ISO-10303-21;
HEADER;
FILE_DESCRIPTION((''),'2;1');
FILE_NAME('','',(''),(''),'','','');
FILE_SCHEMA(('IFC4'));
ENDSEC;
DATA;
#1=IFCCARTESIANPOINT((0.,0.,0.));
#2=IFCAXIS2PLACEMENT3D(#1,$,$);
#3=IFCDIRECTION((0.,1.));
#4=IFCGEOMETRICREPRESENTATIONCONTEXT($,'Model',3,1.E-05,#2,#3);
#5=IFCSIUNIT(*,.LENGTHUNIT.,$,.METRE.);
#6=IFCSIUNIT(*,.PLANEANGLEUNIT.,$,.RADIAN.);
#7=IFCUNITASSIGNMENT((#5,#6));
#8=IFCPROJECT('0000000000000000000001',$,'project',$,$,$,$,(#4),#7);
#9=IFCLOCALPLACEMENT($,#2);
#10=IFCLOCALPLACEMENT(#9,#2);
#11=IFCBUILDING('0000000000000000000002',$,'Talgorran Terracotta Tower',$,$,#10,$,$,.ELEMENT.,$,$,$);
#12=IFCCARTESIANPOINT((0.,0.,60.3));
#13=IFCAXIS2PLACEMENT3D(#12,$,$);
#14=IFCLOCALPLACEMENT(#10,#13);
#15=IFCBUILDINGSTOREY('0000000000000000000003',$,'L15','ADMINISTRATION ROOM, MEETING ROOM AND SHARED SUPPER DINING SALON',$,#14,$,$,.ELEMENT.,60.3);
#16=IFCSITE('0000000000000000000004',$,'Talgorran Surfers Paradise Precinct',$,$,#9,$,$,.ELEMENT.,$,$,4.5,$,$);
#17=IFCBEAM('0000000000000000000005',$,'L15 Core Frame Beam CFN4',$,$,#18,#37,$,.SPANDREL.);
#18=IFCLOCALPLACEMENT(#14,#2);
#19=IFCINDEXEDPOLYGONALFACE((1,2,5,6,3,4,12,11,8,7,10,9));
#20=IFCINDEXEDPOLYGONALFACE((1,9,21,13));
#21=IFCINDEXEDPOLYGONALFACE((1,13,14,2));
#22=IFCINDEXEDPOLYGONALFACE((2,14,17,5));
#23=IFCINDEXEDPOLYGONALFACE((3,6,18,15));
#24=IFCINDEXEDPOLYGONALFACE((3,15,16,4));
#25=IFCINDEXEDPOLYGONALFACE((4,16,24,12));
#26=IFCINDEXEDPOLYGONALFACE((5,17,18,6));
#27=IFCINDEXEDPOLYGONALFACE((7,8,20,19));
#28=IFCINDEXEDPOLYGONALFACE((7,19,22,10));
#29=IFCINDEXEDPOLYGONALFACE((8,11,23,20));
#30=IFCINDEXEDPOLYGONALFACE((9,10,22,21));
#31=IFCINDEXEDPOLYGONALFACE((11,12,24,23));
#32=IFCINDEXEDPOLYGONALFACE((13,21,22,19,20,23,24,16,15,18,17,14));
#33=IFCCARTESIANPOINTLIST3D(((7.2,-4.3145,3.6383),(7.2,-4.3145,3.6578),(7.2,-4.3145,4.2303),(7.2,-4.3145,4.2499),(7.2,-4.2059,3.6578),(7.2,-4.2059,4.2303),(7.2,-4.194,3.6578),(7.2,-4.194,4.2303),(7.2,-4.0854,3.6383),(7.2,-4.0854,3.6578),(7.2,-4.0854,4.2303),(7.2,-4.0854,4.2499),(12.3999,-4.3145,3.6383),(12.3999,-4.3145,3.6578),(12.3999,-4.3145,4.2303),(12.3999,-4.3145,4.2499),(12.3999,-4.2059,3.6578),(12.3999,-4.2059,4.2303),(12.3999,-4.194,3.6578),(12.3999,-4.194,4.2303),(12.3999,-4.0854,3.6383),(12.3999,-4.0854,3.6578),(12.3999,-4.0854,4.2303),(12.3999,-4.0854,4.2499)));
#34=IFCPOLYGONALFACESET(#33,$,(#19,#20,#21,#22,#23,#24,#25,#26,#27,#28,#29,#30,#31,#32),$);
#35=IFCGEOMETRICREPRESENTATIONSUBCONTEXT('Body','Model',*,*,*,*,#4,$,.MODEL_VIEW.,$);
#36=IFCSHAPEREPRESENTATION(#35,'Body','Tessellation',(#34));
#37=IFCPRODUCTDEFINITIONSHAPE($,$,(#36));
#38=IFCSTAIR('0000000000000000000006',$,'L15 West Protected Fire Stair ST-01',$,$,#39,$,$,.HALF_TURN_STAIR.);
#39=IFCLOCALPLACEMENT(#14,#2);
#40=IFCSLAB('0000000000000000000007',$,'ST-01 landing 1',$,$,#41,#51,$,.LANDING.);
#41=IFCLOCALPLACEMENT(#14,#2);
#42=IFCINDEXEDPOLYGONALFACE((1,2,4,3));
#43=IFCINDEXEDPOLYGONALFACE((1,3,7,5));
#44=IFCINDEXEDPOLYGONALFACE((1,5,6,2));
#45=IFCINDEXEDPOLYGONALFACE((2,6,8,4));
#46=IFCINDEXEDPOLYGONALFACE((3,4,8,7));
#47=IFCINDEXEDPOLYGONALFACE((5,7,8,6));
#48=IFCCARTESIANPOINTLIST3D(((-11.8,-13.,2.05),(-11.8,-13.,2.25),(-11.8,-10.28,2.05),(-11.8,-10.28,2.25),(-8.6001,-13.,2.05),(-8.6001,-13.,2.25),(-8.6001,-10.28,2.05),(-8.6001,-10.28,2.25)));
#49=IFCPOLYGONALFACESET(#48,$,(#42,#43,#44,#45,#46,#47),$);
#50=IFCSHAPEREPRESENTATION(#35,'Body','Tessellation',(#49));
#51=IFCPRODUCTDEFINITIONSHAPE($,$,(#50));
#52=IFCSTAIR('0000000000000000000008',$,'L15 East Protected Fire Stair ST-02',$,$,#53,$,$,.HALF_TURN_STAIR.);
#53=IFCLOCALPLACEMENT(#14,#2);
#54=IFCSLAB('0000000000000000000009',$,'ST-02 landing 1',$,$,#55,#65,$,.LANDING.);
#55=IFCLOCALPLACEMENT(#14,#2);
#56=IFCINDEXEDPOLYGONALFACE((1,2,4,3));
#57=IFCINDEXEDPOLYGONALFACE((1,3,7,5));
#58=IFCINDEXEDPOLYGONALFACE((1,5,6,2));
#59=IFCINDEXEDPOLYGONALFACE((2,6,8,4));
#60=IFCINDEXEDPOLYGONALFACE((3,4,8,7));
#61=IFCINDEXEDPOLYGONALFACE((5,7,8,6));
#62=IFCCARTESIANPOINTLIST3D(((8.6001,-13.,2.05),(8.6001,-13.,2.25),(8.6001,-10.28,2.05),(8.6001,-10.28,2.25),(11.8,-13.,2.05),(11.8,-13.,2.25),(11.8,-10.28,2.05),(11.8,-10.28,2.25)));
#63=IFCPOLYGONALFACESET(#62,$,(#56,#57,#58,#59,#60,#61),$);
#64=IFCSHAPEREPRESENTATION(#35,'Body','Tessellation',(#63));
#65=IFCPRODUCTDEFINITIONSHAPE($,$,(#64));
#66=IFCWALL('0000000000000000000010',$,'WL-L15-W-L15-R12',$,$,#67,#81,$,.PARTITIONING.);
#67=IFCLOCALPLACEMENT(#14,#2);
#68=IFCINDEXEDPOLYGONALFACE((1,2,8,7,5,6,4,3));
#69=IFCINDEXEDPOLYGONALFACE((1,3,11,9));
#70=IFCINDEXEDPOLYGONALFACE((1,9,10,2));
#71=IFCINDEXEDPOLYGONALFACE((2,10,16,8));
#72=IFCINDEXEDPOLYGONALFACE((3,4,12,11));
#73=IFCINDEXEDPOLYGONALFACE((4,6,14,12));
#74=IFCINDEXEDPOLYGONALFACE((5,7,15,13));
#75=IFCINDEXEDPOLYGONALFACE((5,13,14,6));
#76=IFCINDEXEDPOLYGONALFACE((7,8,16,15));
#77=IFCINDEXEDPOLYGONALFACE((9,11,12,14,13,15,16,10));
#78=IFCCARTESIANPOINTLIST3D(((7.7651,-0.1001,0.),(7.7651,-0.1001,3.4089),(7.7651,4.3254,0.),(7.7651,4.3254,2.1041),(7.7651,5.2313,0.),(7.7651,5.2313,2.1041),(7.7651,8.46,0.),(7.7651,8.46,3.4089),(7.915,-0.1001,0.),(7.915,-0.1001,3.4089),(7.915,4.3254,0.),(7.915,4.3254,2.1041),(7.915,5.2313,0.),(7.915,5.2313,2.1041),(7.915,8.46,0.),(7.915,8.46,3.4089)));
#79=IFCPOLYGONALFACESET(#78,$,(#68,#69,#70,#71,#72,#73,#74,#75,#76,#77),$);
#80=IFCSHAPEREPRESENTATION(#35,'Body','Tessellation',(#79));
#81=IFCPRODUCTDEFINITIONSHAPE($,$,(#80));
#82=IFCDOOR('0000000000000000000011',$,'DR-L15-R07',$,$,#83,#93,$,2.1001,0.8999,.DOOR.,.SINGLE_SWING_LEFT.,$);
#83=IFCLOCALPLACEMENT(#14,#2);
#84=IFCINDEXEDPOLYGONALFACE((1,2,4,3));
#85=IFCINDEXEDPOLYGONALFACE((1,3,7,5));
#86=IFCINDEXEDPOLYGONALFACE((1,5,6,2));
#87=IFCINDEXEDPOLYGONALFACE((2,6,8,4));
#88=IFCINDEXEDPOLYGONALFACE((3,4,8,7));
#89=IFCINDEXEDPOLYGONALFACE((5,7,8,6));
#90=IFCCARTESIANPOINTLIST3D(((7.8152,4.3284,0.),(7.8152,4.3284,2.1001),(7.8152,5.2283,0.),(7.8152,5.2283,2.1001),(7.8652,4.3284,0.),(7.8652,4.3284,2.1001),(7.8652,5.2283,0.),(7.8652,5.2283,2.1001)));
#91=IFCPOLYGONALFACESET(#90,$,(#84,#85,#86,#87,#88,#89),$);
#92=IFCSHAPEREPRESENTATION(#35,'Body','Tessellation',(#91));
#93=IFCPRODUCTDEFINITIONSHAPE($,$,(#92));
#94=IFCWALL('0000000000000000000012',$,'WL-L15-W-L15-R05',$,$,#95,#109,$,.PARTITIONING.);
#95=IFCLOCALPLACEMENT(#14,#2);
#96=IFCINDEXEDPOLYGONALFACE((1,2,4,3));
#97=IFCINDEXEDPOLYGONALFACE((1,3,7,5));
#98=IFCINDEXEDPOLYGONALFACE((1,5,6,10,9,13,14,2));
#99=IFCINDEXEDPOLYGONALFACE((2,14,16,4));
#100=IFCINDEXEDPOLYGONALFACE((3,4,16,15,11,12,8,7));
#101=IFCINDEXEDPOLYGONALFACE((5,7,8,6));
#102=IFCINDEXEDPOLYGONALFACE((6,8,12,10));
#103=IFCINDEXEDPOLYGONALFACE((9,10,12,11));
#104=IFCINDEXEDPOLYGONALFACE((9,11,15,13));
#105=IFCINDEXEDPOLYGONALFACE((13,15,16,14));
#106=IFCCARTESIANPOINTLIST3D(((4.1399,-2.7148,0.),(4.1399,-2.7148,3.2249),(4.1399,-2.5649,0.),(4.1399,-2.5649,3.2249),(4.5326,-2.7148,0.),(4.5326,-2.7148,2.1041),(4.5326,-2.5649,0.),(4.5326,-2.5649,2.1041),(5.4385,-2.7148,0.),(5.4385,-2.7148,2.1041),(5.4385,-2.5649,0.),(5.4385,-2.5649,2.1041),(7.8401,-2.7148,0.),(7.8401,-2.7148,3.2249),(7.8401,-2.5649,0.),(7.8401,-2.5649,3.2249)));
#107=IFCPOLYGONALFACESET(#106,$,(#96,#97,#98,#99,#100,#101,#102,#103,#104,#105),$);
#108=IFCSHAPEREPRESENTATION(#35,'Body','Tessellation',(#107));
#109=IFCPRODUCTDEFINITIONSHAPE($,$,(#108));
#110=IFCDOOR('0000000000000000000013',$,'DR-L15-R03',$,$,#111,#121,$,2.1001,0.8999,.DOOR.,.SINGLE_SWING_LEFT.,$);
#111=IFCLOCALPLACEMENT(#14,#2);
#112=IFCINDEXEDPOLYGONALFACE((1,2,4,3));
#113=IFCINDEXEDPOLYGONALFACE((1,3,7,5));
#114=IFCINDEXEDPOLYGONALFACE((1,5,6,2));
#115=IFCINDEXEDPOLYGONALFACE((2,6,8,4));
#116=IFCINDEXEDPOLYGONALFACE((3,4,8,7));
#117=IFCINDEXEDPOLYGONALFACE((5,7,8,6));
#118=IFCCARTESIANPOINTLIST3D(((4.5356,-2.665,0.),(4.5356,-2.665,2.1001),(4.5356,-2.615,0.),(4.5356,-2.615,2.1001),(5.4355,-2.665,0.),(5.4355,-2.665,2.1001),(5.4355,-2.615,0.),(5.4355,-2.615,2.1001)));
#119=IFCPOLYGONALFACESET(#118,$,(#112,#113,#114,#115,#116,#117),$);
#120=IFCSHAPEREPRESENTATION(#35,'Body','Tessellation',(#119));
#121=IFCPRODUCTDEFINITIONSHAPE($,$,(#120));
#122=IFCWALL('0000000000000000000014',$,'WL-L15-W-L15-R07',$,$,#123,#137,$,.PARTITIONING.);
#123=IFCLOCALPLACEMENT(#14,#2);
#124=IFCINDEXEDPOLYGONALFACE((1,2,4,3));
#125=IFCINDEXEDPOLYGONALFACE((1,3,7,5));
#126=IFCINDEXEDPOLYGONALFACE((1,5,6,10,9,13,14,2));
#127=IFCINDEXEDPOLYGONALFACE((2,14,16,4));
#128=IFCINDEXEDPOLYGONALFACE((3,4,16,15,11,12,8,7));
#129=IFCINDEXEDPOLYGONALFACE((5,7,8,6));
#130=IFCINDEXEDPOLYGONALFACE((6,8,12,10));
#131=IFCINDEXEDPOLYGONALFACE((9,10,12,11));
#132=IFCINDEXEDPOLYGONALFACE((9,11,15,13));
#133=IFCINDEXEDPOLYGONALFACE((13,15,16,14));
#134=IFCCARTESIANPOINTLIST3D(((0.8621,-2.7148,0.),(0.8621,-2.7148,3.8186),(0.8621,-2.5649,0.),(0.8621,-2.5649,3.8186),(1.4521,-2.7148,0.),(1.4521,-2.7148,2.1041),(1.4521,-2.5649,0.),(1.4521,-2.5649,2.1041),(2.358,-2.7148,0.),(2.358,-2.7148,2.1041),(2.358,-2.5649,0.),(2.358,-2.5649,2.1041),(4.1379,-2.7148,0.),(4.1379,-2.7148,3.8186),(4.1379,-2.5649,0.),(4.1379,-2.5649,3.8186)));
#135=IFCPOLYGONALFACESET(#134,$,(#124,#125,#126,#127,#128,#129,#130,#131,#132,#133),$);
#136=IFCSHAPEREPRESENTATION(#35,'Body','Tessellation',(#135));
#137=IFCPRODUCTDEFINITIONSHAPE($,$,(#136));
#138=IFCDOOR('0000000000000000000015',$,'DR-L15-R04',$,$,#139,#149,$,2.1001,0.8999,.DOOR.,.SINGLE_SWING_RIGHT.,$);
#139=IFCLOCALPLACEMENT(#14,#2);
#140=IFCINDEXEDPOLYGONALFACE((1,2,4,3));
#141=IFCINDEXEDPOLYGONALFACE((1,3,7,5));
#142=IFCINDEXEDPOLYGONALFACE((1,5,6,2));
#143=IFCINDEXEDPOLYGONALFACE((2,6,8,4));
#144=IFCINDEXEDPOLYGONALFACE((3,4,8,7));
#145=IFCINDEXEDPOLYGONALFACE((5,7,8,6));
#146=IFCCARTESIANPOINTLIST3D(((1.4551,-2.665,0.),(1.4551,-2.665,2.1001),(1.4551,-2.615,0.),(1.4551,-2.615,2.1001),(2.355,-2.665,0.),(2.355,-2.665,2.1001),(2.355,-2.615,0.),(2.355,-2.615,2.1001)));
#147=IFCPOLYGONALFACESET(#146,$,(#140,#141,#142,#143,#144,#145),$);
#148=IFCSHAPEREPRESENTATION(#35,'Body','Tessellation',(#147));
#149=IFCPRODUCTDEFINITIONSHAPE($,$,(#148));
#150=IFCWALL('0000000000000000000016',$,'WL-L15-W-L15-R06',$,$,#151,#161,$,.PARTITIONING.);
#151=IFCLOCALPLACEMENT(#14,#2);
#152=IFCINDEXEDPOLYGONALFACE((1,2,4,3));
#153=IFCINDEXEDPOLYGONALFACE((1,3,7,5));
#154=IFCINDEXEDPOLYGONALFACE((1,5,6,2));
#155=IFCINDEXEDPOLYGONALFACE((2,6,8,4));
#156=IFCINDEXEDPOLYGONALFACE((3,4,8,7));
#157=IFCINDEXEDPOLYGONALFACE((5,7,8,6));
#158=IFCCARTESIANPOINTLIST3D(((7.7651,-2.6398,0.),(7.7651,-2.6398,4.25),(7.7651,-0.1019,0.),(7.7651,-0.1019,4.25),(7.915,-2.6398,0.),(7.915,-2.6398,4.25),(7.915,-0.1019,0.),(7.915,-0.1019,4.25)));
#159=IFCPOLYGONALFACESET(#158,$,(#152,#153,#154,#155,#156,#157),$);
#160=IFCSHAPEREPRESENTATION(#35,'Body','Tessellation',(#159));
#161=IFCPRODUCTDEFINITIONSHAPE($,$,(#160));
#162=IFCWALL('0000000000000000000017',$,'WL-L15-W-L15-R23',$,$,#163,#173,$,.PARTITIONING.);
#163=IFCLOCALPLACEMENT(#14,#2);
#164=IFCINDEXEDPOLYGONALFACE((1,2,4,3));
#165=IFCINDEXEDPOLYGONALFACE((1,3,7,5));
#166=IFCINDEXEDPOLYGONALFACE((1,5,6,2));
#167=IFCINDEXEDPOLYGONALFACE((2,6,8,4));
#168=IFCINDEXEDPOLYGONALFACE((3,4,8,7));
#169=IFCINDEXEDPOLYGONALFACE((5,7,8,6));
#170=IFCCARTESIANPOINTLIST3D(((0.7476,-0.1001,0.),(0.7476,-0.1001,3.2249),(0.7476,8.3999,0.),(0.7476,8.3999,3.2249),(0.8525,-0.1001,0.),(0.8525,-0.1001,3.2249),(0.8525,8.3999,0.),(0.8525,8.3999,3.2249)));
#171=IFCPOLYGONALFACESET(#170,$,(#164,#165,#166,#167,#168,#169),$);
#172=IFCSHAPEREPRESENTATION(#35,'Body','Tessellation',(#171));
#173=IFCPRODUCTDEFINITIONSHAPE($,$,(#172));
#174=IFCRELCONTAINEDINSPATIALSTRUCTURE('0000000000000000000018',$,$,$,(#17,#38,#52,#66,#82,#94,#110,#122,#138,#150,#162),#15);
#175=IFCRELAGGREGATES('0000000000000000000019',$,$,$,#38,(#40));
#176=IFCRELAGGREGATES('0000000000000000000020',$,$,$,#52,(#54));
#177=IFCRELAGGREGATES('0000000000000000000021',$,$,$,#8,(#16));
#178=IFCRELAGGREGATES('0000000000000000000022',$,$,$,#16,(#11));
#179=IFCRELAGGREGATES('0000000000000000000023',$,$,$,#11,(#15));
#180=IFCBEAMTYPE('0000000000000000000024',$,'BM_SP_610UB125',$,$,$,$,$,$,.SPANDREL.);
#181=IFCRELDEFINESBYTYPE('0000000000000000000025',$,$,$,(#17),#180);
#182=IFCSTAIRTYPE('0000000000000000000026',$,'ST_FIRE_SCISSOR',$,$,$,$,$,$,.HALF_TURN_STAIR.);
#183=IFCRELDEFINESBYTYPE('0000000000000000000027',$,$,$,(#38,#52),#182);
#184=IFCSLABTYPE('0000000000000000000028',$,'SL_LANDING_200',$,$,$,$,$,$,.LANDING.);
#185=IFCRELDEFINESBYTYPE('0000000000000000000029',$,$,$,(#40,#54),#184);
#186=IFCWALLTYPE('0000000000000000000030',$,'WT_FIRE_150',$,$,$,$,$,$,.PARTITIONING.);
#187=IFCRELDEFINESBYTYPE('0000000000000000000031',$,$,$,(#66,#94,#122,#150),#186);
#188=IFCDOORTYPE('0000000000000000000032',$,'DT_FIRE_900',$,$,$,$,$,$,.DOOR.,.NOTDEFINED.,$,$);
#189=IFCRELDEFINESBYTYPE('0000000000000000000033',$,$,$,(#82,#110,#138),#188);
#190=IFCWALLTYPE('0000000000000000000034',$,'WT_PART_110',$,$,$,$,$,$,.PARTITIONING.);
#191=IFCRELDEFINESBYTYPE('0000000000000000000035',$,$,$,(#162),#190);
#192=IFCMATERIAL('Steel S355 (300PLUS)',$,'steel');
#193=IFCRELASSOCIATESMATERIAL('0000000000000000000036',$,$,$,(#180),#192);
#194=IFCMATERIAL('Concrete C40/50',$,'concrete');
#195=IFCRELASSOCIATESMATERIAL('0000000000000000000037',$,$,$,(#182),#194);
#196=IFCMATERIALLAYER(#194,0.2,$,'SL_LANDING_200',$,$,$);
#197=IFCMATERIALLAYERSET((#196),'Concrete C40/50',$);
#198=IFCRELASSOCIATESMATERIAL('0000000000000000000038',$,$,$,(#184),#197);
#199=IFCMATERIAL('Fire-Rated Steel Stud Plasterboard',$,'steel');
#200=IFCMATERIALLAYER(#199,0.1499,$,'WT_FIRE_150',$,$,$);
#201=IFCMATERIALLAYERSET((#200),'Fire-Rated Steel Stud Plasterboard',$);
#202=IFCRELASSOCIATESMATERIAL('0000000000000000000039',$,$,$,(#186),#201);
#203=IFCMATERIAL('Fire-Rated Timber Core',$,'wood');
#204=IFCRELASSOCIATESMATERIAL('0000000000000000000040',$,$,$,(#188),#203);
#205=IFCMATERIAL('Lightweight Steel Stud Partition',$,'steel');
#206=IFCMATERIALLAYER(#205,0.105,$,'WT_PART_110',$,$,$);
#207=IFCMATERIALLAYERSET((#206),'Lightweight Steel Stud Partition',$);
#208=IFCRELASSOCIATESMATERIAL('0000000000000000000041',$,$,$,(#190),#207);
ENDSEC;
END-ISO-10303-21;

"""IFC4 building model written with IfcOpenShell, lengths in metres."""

from ifc_helpers import new_model, si_unit, direction, frame, frame_2d, origin, origin_2d, place, context, subcontext, project, spatial, polyline, rectangle, i_section, outline, extrude, material, layer, layer_set, material_profile, profile_set, type_object, element, fill, aggregate, save


model = new_model("IFC4")

# Units and contexts
model_context = context("Model", 3, precision=1e-05, world=origin(), true_north=direction((0.0, 1.0)))
body_context = subcontext(model_context, "Body", "Model", "MODEL_VIEW")
ifc_project = project(units=[si_unit("LENGTHUNIT", "METRE"), si_unit("PLANEANGLEUNIT", "RADIAN")], contexts=[model_context])

# Site, building, storey
site_placement = place(None, origin())
site = spatial("IfcSite", under=ifc_project, at=site_placement, Name="Talgorran Surfers Paradise Precinct", CompositionType="ELEMENT", RefElevation=4.5)
building_placement = place(site_placement, origin())
building = spatial("IfcBuilding", under=site, at=building_placement, Name="Talgorran Terracotta Tower", CompositionType="ELEMENT")
storey_placement = place(building_placement, frame((0.0, 0.0, 60.3)))
storey = spatial("IfcBuildingStorey", under=building, at=storey_placement, Name="L15", Description="ADMINISTRATION ROOM, MEETING ROOM AND SHARED SUPPER DINING SALON", CompositionType="ELEMENT", Elevation=60.3)

# Shared definitions
ifc_material_1 = material(Name="Steel S355 (300PLUS)", Category="steel")

# Beam
ifc_material_profile_1 = material_profile(ifc_material_1, i_section(OverallWidth=0.229, OverallDepth=0.6116, WebThickness=0.012, FlangeThickness=0.0195, at=origin_2d()), Name="610UB125")
ifc_profile_set_1 = profile_set([ifc_material_profile_1], Name="Steel S355 (300PLUS)")
beam_type_1 = type_object("IfcBeamType", Name="BM_SP_610UB125", PredefinedType="SPANDREL", material=ifc_profile_set_1)
beam_1_placement = place(storey_placement, frame((7.2, -4.2, 3.9441), z_axis=(1.0, 0.0, 0.0), x_axis=(0.0, 1.0, 0.0)))
element("IfcBeam", 1, at=beam_1_placement, inside=storey, type_object=beam_type_1, Name="L15 Core Frame Beam CFN4", PredefinedType="SPANDREL", context=body_context, shape_type="SweptSolid", body=[
    extrude(i_section(OverallWidth=0.229, OverallDepth=0.6116, WebThickness=0.012, FlangeThickness=0.0195, at=origin_2d()), origin(), (0.0, 0.0, 1.0), 5.2),
])

# Stairs, slabs
ifc_material_2 = material(Name="Concrete C40/50", Category="concrete")
stair_type = type_object("IfcStairType", Name="ST_FIRE_SCISSOR", PredefinedType="HALF_TURN_STAIR", material=ifc_material_2)
stair_1_placement = place(storey_placement, origin())
stair_1 = element("IfcStair", 2, at=stair_1_placement, inside=storey, type_object=stair_type, Name="L15 West Protected Fire Stair ST-01", PredefinedType="HALF_TURN_STAIR")
ifc_layer_1 = layer(ifc_material_2, 0.2, Name="SL_LANDING_200")
ifc_layer_set_1 = layer_set([ifc_layer_1], Name="Concrete C40/50")
slab_type = type_object("IfcSlabType", Name="SL_LANDING_200", PredefinedType="LANDING", material=ifc_layer_set_1)
slab_1_placement = place(storey_placement, frame((0.0, 0.0, 2.05)))
slab_1 = element("IfcSlab", 3, at=slab_1_placement, type_object=slab_type, Name="ST-01 landing 1", PredefinedType="LANDING", context=body_context, shape_type="SweptSolid", body=[
    extrude(outline(polyline([(-11.8, -10.28), (-11.8, -13.0), (-8.6001, -13.0), (-8.6001, -10.28), (-11.8, -10.28)])), origin(), (0.0, 0.0, 1.0), 0.2),
])
aggregate(stair_1, [slab_1])
stair_2_placement = place(storey_placement, origin())
stair_2 = element("IfcStair", 4, at=stair_2_placement, inside=storey, type_object=stair_type, Name="L15 East Protected Fire Stair ST-02", PredefinedType="HALF_TURN_STAIR")
slab_2_placement = place(storey_placement, frame((0.0, 0.0, 2.05)))
slab_2 = element("IfcSlab", 5, at=slab_2_placement, type_object=slab_type, Name="ST-02 landing 1", PredefinedType="LANDING", context=body_context, shape_type="SweptSolid", body=[
    extrude(outline(polyline([(8.6001, -10.28), (8.6001, -13.0), (11.8, -13.0), (11.8, -10.28), (8.6001, -10.28)])), origin(), (0.0, 0.0, 1.0), 0.2),
])
aggregate(stair_2, [slab_2])

# Walls, openings, doors
ifc_material_3 = material(Name="Fire-Rated Steel Stud Plasterboard", Category="steel")
ifc_layer_2 = layer(ifc_material_3, 0.1499, Name="WT_FIRE_150")
ifc_layer_set_2 = layer_set([ifc_layer_2], Name="Fire-Rated Steel Stud Plasterboard")
wall_type_1 = type_object("IfcWallType", Name="WT_FIRE_150", PredefinedType="PARTITIONING", material=ifc_layer_set_2)
wall_1_placement = place(storey_placement, frame((7.8401, -0.1001, 0.0), z_axis=(0.0, 0.0, 1.0), x_axis=(0.0, 1.0, 0.0)))
wall_1 = element("IfcWall", 6, at=wall_1_placement, inside=storey, type_object=wall_type_1, Name="WL-L15-W-L15-R12", PredefinedType="PARTITIONING", context=body_context, shape_type="SweptSolid", body=[
    extrude(rectangle(XDim=8.5601, YDim=0.1499, at=frame_2d((4.28, 0.0))), origin(), (0.0, 0.0, 1.0), 3.4089),
])
opening_1_placement = place(wall_1_placement, frame((4.4285, 0.0, 0.0)))
opening_1 = element("IfcOpeningElement", 7, at=opening_1_placement, cuts=wall_1, PredefinedType="OPENING", context=body_context, shape_type="SweptSolid", body=[
    extrude(rectangle(XDim=0.9059, YDim=2.1041, at=frame_2d((0.45, 1.052))), frame((0.0, 0.085, 0.0), z_axis=(0.0, -1.0, 0.0), x_axis=(1.0, 0.0, 0.0)), (0.0, 0.0, 1.0), 0.1699),
])
ifc_material_4 = material(Name="Fire-Rated Timber Core", Category="wood")
door_type = type_object("IfcDoorType", Name="DT_FIRE_900", OperationType="NOTDEFINED", PredefinedType="DOOR", material=ifc_material_4)
door_1_placement = place(opening_1_placement, origin())
door_1 = element("IfcDoor", 8, at=door_1_placement, inside=storey, type_object=door_type, Name="DR-L15-R07", OperationType="SINGLE_SWING_LEFT", OverallHeight=2.1001, OverallWidth=0.8999, PredefinedType="DOOR", context=body_context, shape_type="SweptSolid", body=[
    extrude(rectangle(XDim=0.8999, YDim=2.1001, at=frame_2d((0.45, 1.05))), frame((0.0, 0.0249, 0.0), z_axis=(0.0, -1.0, 0.0), x_axis=(1.0, 0.0, 0.0)), (0.0, 0.0, 1.0), 0.05),
])
fill(opening_1, door_1)
wall_2_placement = place(storey_placement, frame((4.1399, -2.6399, 0.0), z_axis=(0.0, 0.0, 1.0), x_axis=(1.0, 0.0, 0.0)))
wall_2 = element("IfcWall", 9, at=wall_2_placement, inside=storey, type_object=wall_type_1, Name="WL-L15-W-L15-R05", PredefinedType="PARTITIONING", context=body_context, shape_type="SweptSolid", body=[
    extrude(rectangle(XDim=3.7002, YDim=0.1499, at=frame_2d((1.8501, 0.0))), origin(), (0.0, 0.0, 1.0), 3.2249),
])
opening_2_placement = place(wall_2_placement, frame((0.3958, 0.0, 0.0)))
opening_2 = element("IfcOpeningElement", 10, at=opening_2_placement, cuts=wall_2, PredefinedType="OPENING", context=body_context, shape_type="SweptSolid", body=[
    extrude(rectangle(XDim=0.9059, YDim=2.1041, at=frame_2d((0.45, 1.052))), frame((0.0, 0.085, 0.0), z_axis=(0.0, -1.0, 0.0), x_axis=(1.0, 0.0, 0.0)), (0.0, 0.0, 1.0), 0.1699),
])
door_2_placement = place(opening_2_placement, origin())
door_2 = element("IfcDoor", 11, at=door_2_placement, inside=storey, type_object=door_type, Name="DR-L15-R03", OperationType="SINGLE_SWING_LEFT", OverallHeight=2.1001, OverallWidth=0.8999, PredefinedType="DOOR", context=body_context, shape_type="SweptSolid", body=[
    extrude(rectangle(XDim=0.8999, YDim=2.1001, at=frame_2d((0.45, 1.05))), frame((0.0, 0.0249, 0.0), z_axis=(0.0, -1.0, 0.0), x_axis=(1.0, 0.0, 0.0)), (0.0, 0.0, 1.0), 0.05),
])
fill(opening_2, door_2)
wall_3_placement = place(storey_placement, frame((0.8621, -2.6399, 0.0), z_axis=(0.0, 0.0, 1.0), x_axis=(1.0, 0.0, 0.0)))
wall_3 = element("IfcWall", 12, at=wall_3_placement, inside=storey, type_object=wall_type_1, Name="WL-L15-W-L15-R07", PredefinedType="PARTITIONING", context=body_context, shape_type="SweptSolid", body=[
    extrude(rectangle(XDim=3.2759, YDim=0.1499, at=frame_2d((1.6379, 0.0))), origin(), (0.0, 0.0, 1.0), 3.8186),
])
opening_3_placement = place(wall_3_placement, frame((0.593, 0.0, 0.0)))
opening_3 = element("IfcOpeningElement", 13, at=opening_3_placement, cuts=wall_3, PredefinedType="OPENING", context=body_context, shape_type="SweptSolid", body=[
    extrude(rectangle(XDim=0.9059, YDim=2.1041, at=frame_2d((0.45, 1.052))), frame((0.0, 0.085, 0.0), z_axis=(0.0, -1.0, 0.0), x_axis=(1.0, 0.0, 0.0)), (0.0, 0.0, 1.0), 0.1699),
])
door_3_placement = place(opening_3_placement, origin())
door_3 = element("IfcDoor", 14, at=door_3_placement, inside=storey, type_object=door_type, Name="DR-L15-R04", OperationType="SINGLE_SWING_RIGHT", OverallHeight=2.1001, OverallWidth=0.8999, PredefinedType="DOOR", context=body_context, shape_type="SweptSolid", body=[
    extrude(rectangle(XDim=0.8999, YDim=2.1001, at=frame_2d((0.45, 1.05))), frame((0.0, 0.0249, 0.0), z_axis=(0.0, -1.0, 0.0), x_axis=(1.0, 0.0, 0.0)), (0.0, 0.0, 1.0), 0.05),
])
fill(opening_3, door_3)

# Walls
wall_4_placement = place(storey_placement, frame((7.8401, -2.6399, 0.0), z_axis=(0.0, 0.0, 1.0), x_axis=(0.0, 1.0, 0.0)))
element("IfcWall", 15, at=wall_4_placement, inside=storey, type_object=wall_type_1, Name="WL-L15-W-L15-R06", PredefinedType="PARTITIONING", context=body_context, shape_type="SweptSolid", body=[
    extrude(rectangle(XDim=2.5378, YDim=0.1499, at=frame_2d((1.269, 0.0))), origin(), (0.0, 0.0, 1.0), 4.25),
])
ifc_material_5 = material(Name="Lightweight Steel Stud Partition", Category="steel")
ifc_layer_3 = layer(ifc_material_5, 0.105, Name="WT_PART_110")
ifc_layer_set_3 = layer_set([ifc_layer_3], Name="Lightweight Steel Stud Partition")
wall_type_2 = type_object("IfcWallType", Name="WT_PART_110", PredefinedType="PARTITIONING", material=ifc_layer_set_3)
wall_5_placement = place(storey_placement, frame((0.8, -0.1001, 0.0), z_axis=(0.0, 0.0, 1.0), x_axis=(0.0, 1.0, 0.0)))
element("IfcWall", 16, at=wall_5_placement, inside=storey, type_object=wall_type_2, Name="WL-L15-W-L15-R23", PredefinedType="PARTITIONING", context=body_context, shape_type="SweptSolid", body=[
    extrude(rectangle(XDim=8.5, YDim=0.105, at=frame_2d((4.25, 0.0))), origin(), (0.0, 0.0, 1.0), 3.2249),
])

save(model, "model.ifc")
